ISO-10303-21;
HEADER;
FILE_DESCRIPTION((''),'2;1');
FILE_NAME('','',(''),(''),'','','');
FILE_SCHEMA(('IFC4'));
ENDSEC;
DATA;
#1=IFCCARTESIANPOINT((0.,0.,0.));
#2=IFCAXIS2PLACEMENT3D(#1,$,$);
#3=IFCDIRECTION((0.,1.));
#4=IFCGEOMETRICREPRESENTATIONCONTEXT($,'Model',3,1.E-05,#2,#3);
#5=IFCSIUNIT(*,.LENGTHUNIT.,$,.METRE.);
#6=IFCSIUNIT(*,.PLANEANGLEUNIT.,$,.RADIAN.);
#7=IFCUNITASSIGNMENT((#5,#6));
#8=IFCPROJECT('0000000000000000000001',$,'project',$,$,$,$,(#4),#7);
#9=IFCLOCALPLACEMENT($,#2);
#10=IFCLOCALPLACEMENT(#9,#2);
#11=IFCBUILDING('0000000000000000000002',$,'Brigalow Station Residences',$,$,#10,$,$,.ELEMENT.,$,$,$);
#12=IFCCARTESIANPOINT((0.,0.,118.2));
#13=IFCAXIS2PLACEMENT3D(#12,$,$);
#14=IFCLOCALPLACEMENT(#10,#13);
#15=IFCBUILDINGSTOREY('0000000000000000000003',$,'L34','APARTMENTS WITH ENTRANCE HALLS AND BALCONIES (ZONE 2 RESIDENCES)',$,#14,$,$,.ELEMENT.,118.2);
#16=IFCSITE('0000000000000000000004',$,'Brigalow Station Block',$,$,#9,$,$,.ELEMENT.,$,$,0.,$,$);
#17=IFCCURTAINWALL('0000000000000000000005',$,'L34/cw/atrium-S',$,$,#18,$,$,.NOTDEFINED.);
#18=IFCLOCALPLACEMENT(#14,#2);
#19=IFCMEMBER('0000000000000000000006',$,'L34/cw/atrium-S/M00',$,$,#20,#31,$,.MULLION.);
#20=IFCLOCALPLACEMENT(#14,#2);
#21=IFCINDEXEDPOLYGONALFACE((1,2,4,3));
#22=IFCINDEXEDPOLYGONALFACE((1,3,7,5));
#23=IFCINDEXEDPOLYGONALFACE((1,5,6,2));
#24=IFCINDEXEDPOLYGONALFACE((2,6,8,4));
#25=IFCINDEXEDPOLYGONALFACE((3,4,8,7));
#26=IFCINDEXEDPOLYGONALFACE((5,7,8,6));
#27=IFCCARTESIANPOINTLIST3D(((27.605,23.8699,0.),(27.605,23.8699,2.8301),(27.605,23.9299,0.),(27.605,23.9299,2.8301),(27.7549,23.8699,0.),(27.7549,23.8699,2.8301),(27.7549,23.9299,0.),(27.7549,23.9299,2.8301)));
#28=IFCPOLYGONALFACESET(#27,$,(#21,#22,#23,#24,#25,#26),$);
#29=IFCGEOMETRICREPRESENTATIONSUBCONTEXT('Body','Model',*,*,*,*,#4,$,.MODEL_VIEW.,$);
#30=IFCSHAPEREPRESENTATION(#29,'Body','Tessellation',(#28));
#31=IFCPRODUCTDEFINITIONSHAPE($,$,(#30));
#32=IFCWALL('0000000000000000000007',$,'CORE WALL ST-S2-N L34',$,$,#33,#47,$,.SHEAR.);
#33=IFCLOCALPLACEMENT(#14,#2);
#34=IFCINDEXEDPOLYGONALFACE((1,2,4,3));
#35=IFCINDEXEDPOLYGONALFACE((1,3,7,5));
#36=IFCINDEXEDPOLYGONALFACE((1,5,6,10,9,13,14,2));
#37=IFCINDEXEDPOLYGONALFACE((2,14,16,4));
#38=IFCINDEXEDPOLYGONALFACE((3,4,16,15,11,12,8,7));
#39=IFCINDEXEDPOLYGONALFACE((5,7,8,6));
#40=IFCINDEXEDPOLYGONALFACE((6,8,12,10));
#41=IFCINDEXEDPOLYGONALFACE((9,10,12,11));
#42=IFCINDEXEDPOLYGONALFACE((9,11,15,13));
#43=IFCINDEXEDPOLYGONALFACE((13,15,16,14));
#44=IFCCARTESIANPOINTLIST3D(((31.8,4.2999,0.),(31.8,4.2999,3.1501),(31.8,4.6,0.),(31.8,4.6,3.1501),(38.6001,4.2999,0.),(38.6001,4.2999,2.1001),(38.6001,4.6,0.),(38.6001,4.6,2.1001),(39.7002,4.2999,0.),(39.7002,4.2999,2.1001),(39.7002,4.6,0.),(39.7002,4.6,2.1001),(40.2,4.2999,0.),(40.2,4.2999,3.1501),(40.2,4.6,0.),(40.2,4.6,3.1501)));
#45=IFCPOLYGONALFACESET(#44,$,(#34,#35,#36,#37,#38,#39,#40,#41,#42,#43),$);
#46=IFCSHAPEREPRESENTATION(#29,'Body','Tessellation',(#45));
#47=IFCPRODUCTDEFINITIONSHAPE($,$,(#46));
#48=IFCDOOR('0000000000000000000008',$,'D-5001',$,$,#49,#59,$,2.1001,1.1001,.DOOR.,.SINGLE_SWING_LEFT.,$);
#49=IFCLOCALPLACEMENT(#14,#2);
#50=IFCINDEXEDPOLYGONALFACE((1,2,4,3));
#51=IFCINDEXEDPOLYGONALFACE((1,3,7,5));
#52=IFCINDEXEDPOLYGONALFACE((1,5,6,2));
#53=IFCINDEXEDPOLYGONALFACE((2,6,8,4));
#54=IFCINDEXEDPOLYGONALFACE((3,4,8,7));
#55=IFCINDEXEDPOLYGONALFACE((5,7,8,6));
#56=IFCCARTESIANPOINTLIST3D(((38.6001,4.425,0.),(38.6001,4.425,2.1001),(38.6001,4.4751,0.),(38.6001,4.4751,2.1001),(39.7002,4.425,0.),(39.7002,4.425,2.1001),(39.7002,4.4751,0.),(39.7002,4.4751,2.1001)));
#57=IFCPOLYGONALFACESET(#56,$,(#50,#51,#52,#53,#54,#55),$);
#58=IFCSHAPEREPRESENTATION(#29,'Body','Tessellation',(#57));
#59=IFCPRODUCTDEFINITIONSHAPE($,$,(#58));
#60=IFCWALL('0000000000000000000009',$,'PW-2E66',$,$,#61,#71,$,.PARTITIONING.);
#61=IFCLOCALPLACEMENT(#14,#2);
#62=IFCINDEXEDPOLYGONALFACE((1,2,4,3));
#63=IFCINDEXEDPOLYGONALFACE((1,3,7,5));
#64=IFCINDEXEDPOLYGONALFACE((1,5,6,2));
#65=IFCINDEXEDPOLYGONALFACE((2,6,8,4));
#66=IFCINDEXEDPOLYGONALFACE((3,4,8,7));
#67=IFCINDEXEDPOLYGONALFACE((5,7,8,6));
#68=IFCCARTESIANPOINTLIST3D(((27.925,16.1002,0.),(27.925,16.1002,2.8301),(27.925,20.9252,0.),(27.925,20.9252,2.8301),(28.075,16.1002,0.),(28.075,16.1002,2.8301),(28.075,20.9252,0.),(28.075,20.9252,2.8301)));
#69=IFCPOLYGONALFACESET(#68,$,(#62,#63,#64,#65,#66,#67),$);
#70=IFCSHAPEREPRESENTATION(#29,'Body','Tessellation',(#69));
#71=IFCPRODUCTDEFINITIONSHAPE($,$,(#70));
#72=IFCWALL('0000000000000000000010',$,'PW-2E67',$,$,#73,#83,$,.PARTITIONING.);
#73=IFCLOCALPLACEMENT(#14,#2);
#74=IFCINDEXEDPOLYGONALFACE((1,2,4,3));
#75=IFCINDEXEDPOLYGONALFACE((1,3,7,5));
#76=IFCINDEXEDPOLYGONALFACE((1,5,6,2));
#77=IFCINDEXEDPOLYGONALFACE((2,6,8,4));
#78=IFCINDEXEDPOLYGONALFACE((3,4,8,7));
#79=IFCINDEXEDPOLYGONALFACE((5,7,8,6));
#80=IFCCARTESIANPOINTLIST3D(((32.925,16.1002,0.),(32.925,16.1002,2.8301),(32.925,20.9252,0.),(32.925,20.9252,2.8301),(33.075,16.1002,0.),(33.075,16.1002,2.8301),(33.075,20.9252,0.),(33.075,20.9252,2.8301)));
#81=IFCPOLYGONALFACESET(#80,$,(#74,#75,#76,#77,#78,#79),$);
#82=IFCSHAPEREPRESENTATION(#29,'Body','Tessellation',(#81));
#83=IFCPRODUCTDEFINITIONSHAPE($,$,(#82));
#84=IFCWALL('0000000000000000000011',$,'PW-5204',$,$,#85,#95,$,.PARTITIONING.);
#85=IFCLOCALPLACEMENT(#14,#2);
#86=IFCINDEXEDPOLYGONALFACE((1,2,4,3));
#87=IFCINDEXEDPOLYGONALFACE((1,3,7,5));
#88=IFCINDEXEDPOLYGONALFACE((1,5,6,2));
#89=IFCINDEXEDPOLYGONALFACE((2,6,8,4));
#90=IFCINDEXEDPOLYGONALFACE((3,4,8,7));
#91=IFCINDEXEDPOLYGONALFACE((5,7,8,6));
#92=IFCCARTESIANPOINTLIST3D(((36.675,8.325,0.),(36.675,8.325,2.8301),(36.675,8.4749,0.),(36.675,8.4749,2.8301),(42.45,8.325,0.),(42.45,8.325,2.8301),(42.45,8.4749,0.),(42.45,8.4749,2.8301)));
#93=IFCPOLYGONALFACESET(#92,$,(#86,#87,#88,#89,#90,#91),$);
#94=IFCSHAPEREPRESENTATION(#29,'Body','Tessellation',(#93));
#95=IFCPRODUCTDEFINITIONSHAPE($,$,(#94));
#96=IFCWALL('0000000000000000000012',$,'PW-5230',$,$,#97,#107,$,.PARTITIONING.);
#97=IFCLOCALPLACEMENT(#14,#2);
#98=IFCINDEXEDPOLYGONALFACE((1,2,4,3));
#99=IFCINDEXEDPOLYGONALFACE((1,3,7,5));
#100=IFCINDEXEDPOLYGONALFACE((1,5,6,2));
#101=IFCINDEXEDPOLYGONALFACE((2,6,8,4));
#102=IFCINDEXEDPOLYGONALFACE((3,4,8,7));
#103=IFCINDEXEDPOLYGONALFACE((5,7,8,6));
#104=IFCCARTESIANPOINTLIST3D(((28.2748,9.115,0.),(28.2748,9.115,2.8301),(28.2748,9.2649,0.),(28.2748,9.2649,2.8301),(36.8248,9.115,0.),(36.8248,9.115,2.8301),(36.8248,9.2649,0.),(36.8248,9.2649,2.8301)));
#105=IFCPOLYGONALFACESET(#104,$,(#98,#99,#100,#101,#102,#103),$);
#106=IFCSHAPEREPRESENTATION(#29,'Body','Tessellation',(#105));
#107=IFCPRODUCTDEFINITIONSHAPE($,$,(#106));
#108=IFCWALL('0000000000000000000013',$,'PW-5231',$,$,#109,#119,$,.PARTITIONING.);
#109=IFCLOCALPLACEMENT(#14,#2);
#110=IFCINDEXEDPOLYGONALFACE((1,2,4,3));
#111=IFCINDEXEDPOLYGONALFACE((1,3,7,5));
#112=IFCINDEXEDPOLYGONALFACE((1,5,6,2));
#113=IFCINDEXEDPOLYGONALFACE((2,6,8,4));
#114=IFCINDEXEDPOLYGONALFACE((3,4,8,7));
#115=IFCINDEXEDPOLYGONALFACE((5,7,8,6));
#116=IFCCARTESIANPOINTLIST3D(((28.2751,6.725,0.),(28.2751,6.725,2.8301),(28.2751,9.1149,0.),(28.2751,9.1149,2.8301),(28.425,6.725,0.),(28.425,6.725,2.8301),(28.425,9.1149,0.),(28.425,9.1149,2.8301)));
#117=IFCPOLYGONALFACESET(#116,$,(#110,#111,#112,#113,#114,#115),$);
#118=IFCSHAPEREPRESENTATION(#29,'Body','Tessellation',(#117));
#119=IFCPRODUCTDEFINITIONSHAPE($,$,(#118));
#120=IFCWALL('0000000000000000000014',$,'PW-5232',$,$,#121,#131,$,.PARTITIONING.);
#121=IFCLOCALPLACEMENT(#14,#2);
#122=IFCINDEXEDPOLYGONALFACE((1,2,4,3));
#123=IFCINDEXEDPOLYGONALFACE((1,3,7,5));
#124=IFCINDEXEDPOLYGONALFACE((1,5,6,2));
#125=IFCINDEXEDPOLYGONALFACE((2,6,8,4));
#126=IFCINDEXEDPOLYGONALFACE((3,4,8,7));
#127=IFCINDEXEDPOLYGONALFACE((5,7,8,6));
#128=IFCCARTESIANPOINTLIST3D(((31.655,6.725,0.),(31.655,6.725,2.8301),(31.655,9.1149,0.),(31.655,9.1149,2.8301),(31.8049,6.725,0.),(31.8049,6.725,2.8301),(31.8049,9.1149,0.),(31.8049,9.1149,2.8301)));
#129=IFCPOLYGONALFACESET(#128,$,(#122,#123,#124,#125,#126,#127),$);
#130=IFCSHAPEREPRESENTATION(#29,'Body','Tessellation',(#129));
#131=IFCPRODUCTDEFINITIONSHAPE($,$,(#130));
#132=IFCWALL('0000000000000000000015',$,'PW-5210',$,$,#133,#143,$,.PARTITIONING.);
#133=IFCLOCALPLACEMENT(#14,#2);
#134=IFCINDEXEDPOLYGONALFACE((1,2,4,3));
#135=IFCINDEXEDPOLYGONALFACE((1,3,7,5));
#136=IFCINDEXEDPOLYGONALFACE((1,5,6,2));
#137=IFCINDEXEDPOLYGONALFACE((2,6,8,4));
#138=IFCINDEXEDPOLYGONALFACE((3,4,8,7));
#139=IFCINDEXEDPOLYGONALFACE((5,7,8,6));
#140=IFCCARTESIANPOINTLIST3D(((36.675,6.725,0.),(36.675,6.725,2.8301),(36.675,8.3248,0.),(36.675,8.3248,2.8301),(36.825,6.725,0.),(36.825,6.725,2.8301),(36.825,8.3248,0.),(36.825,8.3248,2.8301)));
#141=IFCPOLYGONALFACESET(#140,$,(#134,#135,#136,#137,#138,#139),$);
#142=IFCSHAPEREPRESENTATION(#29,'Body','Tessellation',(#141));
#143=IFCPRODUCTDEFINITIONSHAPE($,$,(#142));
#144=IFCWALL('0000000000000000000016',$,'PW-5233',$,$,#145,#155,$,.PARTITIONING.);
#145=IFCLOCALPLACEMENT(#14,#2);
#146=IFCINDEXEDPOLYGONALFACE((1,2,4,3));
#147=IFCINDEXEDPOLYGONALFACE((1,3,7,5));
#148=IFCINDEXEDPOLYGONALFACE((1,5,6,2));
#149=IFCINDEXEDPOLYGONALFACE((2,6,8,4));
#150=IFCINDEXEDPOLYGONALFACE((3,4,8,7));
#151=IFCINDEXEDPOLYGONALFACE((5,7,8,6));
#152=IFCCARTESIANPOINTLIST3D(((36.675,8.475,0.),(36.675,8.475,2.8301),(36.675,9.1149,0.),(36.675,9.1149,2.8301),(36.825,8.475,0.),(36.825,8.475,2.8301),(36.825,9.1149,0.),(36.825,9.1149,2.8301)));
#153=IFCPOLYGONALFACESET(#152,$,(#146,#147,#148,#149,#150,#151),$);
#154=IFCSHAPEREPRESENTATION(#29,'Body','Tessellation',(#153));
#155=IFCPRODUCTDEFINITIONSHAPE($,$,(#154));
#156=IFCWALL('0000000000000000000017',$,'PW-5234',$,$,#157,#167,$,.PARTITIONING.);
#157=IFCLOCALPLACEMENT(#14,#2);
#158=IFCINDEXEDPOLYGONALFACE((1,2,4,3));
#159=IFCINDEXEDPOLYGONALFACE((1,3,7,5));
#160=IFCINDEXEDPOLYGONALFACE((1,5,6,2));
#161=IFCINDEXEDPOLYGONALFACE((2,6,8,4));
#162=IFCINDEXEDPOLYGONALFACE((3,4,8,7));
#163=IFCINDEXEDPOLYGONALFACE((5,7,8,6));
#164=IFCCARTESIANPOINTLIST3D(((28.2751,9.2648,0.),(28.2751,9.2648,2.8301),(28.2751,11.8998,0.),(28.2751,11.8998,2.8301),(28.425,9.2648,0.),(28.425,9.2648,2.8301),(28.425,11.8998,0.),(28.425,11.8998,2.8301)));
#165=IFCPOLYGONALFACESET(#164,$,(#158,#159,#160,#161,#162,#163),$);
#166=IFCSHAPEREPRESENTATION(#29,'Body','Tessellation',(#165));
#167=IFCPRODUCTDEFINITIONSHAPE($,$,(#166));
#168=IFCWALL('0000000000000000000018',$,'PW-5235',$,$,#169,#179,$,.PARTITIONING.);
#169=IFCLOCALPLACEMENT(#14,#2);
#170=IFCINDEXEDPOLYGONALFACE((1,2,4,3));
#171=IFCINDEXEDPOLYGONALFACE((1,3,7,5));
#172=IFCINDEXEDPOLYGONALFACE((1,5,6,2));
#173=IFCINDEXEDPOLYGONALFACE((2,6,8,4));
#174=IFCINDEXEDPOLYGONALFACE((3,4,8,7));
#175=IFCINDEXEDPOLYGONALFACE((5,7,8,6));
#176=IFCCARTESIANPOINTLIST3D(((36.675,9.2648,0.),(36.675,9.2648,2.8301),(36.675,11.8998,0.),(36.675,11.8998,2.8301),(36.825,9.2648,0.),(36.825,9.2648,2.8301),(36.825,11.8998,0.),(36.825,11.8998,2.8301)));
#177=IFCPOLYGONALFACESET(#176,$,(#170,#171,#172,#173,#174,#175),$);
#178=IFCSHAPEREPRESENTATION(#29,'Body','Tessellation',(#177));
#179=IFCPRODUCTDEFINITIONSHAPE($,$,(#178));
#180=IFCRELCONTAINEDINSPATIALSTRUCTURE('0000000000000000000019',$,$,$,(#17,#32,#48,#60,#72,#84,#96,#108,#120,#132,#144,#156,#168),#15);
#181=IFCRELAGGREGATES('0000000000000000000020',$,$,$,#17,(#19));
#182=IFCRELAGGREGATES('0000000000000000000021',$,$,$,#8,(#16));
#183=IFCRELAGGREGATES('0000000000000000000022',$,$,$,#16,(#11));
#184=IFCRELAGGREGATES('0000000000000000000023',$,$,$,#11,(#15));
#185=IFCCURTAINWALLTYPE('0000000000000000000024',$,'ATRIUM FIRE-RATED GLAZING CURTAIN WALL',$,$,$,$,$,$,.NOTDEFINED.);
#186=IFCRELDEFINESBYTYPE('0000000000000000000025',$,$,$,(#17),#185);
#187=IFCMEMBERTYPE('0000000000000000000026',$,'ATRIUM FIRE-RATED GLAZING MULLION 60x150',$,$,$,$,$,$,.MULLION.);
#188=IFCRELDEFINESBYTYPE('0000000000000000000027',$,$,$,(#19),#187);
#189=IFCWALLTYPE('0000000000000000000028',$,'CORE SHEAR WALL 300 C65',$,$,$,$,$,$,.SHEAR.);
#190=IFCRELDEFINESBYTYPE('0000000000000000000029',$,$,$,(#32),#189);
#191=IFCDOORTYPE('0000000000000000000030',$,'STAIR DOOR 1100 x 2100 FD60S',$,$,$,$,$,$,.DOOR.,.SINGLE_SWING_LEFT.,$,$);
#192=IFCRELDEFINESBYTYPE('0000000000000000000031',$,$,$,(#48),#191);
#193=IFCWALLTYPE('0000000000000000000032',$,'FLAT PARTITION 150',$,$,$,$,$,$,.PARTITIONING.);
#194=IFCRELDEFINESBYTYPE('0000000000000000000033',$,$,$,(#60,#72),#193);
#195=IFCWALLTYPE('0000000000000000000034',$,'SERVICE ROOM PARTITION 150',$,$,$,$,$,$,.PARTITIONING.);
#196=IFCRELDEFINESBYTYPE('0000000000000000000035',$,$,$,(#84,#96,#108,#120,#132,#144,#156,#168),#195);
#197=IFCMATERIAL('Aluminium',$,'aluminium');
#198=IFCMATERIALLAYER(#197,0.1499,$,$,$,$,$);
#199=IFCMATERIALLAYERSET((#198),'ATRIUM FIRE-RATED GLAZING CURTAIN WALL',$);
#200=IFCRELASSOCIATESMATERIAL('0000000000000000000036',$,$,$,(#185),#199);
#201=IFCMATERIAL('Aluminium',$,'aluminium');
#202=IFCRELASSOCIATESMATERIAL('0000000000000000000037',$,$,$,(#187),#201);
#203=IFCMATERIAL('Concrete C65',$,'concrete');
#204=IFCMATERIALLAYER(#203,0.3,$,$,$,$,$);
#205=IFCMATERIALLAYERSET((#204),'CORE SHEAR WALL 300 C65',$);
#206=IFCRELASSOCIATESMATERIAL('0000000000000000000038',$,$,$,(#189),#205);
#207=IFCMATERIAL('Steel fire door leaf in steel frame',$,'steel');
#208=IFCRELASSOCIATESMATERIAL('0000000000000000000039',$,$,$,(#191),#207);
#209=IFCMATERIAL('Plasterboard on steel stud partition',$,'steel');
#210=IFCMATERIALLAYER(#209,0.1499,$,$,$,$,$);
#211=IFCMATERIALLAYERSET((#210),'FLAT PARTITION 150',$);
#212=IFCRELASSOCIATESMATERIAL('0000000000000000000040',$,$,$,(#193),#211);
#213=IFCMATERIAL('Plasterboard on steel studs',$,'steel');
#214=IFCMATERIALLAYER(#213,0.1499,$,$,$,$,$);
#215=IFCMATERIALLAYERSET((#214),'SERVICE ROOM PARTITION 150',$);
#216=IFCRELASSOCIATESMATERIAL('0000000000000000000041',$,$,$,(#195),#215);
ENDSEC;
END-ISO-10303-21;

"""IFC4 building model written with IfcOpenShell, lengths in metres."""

from ifc_helpers import new_model, si_unit, direction, frame, frame_2d, origin, origin_2d, place, context, subcontext, project, spatial, rectangle, extrude, material, layer, layer_set, material_profile, profile_set, type_object, element, fill, aggregate, save


model = new_model("IFC4")

# Units and contexts
model_context = context("Model", 3, precision=1e-05, world=origin(), true_north=direction((0.0, 1.0)))
body_context = subcontext(model_context, "Body", "Model", "MODEL_VIEW")
ifc_project = project(units=[si_unit("LENGTHUNIT", "METRE"), si_unit("PLANEANGLEUNIT", "RADIAN")], contexts=[model_context])

# Site, building, storey
site_placement = place(None, origin())
site = spatial("IfcSite", under=ifc_project, at=site_placement, Name="Brigalow Station Block", CompositionType="ELEMENT", RefElevation=0.0)
building_placement = place(site_placement, origin())
building = spatial("IfcBuilding", under=site, at=building_placement, Name="Brigalow Station Residences", CompositionType="ELEMENT")
storey_placement = place(building_placement, frame((0.0, 0.0, 118.2)))
storey = spatial("IfcBuildingStorey", under=building, at=storey_placement, Name="L34", Description="APARTMENTS WITH ENTRANCE HALLS AND BALCONIES (ZONE 2 RESIDENCES)", CompositionType="ELEMENT", Elevation=118.2)

# Curtain wall, member
ifc_material_1 = material(Name="Aluminium", Category="aluminium")
ifc_layer_1 = layer(ifc_material_1, 0.1499)
ifc_layer_set_1 = layer_set([ifc_layer_1], Name="ATRIUM FIRE-RATED GLAZING CURTAIN WALL")
curtain_wall_type = type_object("IfcCurtainWallType", Name="ATRIUM FIRE-RATED GLAZING CURTAIN WALL", PredefinedType="NOTDEFINED", material=ifc_layer_set_1)
curtain_wall_placement = place(storey_placement, origin())
curtain_wall = element("IfcCurtainWall", 1, at=curtain_wall_placement, inside=storey, type_object=curtain_wall_type, Name="L34/cw/atrium-S", PredefinedType="NOTDEFINED")
ifc_material_2 = material(Name="Aluminium", Category="aluminium")
ifc_material_profile = material_profile(ifc_material_2, rectangle(XDim=0.0601, YDim=0.1499, at=origin_2d()), Name="ATRIUM FIRE-RATED GLAZING MULLION 60x150")
ifc_profile_set = profile_set([ifc_material_profile], Name="Aluminium")
member_type = type_object("IfcMemberType", Name="ATRIUM FIRE-RATED GLAZING MULLION 60x150", PredefinedType="MULLION", material=ifc_profile_set)
member_placement = place(storey_placement, frame((27.6799, 23.8999, 0.0), z_axis=(0.0, 0.0, 1.0), x_axis=(0.0, 1.0, 0.0)))
member = element("IfcMember", 2, at=member_placement, type_object=member_type, Name="L34/cw/atrium-S/M00", PredefinedType="MULLION", context=body_context, shape_type="SweptSolid", body=[
    extrude(rectangle(XDim=0.0601, YDim=0.1499, at=origin_2d()), origin(), (0.0, 0.0, 1.0), 2.8301),
])
aggregate(curtain_wall, [member])

# Wall, opening, door
ifc_material_3 = material(Name="Concrete C65", Category="concrete")
ifc_layer_2 = layer(ifc_material_3, 0.3)
ifc_layer_set_2 = layer_set([ifc_layer_2], Name="CORE SHEAR WALL 300 C65")
wall_type_1 = type_object("IfcWallType", Name="CORE SHEAR WALL 300 C65", PredefinedType="SHEAR", material=ifc_layer_set_2)
wall_1_placement = place(storey_placement, frame((31.8, 4.45, 0.0), z_axis=(0.0, 0.0, 1.0), x_axis=(1.0, 0.0, 0.0)))
wall_1 = element("IfcWall", 3, at=wall_1_placement, inside=storey, type_object=wall_type_1, Name="CORE WALL ST-S2-N L34", PredefinedType="SHEAR", context=body_context, shape_type="SweptSolid", body=[
    extrude(rectangle(XDim=8.3999, YDim=0.3, at=frame_2d((4.2, 0.0))), origin(), (0.0, 0.0, 1.0), 3.1501),
])
opening_placement = place(wall_1_placement, frame((6.8, 0.0, 0.0)))
opening = element("IfcOpeningElement", 4, at=opening_placement, cuts=wall_1, PredefinedType="OPENING", context=body_context, shape_type="SweptSolid", body=[
    extrude(rectangle(XDim=1.1001, YDim=2.1001, at=frame_2d((0.55, 1.05))), frame((0.0, 0.1602, 0.0), z_axis=(0.0, -1.0, 0.0), x_axis=(1.0, 0.0, 0.0)), (0.0, 0.0, 1.0), 0.3201),
])
ifc_material_4 = material(Name="Steel fire door leaf in steel frame", Category="steel")
door_type = type_object("IfcDoorType", Name="STAIR DOOR 1100 x 2100 FD60S", OperationType="SINGLE_SWING_LEFT", PredefinedType="DOOR", material=ifc_material_4)
door_placement = place(opening_placement, frame((1.1001, 0.0, 0.0), z_axis=(0.0, 0.0, 1.0), x_axis=(-1.0, 0.0, 0.0)))
door = element("IfcDoor", 5, at=door_placement, inside=storey, type_object=door_type, Name="D-5001", OperationType="SINGLE_SWING_LEFT", OverallHeight=2.1001, OverallWidth=1.1001, PredefinedType="DOOR", context=body_context, shape_type="SweptSolid", body=[
    extrude(rectangle(XDim=1.1001, YDim=2.1001, at=frame_2d((0.55, 1.05))), frame((0.0, 0.0249, 0.0), z_axis=(0.0, -1.0, 0.0), x_axis=(1.0, 0.0, 0.0)), (0.0, 0.0, 1.0), 0.05),
])
fill(opening, door)

# Walls
ifc_material_5 = material(Name="Plasterboard on steel stud partition", Category="steel")
ifc_layer_3 = layer(ifc_material_5, 0.1499)
ifc_layer_set_3 = layer_set([ifc_layer_3], Name="FLAT PARTITION 150")
wall_type_2 = type_object("IfcWallType", Name="FLAT PARTITION 150", PredefinedType="PARTITIONING", material=ifc_layer_set_3)
for number, where, z_axis, x_axis, name in (
    (6, (28.0, 16.1001, 0.0), (0.0, 0.0, 1.0), (0.0, 1.0, 0.0), "PW-2E66"),
    (7, (33.0, 16.1001, 0.0), (0.0, 0.0, 1.0), (0.0, 1.0, 0.0), "PW-2E67"),
):
    element("IfcWall", number, at=place(storey_placement, frame(where, z_axis=z_axis, x_axis=x_axis)), inside=storey, type_object=wall_type_2, Name=name, PredefinedType="PARTITIONING", context=body_context, shape_type="SweptSolid", body=[
        extrude(rectangle(XDim=4.825, YDim=0.1499, at=frame_2d((2.4126, 0.0))), origin(), (0.0, 0.0, 1.0), 2.8301),
    ])
ifc_material_6 = material(Name="Plasterboard on steel studs", Category="steel")
ifc_layer_4 = layer(ifc_material_6, 0.1499)
ifc_layer_set_4 = layer_set([ifc_layer_4], Name="SERVICE ROOM PARTITION 150")
wall_type_3 = type_object("IfcWallType", Name="SERVICE ROOM PARTITION 150", PredefinedType="PARTITIONING", material=ifc_layer_set_4)
wall_2_placement = place(storey_placement, frame((36.675, 8.3999, 0.0), z_axis=(0.0, 0.0, 1.0), x_axis=(1.0, 0.0, 0.0)))
element("IfcWall", 8, at=wall_2_placement, inside=storey, type_object=wall_type_3, Name="PW-5204", PredefinedType="PARTITIONING", context=body_context, shape_type="SweptSolid", body=[
    extrude(rectangle(XDim=5.7749, YDim=0.1499, at=frame_2d((2.8875, 0.0))), origin(), (0.0, 0.0, 1.0), 2.8301),
])
wall_3_placement = place(storey_placement, frame((28.2749, 9.1899, 0.0), z_axis=(0.0, 0.0, 1.0), x_axis=(1.0, 0.0, 0.0)))
element("IfcWall", 9, at=wall_3_placement, inside=storey, type_object=wall_type_3, Name="PW-5230", PredefinedType="PARTITIONING", context=body_context, shape_type="SweptSolid", body=[
    extrude(rectangle(XDim=8.55, YDim=0.1499, at=frame_2d((4.2749, 0.0))), origin(), (0.0, 0.0, 1.0), 2.8301),
])
for number, where, z_axis, x_axis, name in (
    (10, (28.3501, 6.7251, 0.0), (0.0, 0.0, 1.0), (0.0, 1.0, 0.0), "PW-5231"),
    (11, (31.73, 6.7251, 0.0), (0.0, 0.0, 1.0), (0.0, 1.0, 0.0), "PW-5232"),
):
    element("IfcWall", number, at=place(storey_placement, frame(where, z_axis=z_axis, x_axis=x_axis)), inside=storey, type_object=wall_type_3, Name=name, PredefinedType="PARTITIONING", context=body_context, shape_type="SweptSolid", body=[
        extrude(rectangle(XDim=2.3899, YDim=0.1499, at=frame_2d((1.1948, 0.0))), origin(), (0.0, 0.0, 1.0), 2.8301),
    ])
wall_4_placement = place(storey_placement, frame((36.75, 6.7251, 0.0), z_axis=(0.0, 0.0, 1.0), x_axis=(0.0, 1.0, 0.0)))
element("IfcWall", 12, at=wall_4_placement, inside=storey, type_object=wall_type_3, Name="PW-5210", PredefinedType="PARTITIONING", context=body_context, shape_type="SweptSolid", body=[
    extrude(rectangle(XDim=1.5999, YDim=0.1499, at=frame_2d((0.7998, 0.0))), origin(), (0.0, 0.0, 1.0), 2.8301),
])
wall_5_placement = place(storey_placement, frame((36.75, 8.4751, 0.0), z_axis=(0.0, 0.0, 1.0), x_axis=(0.0, 1.0, 0.0)))
element("IfcWall", 13, at=wall_5_placement, inside=storey, type_object=wall_type_3, Name="PW-5233", PredefinedType="PARTITIONING", context=body_context, shape_type="SweptSolid", body=[
    extrude(rectangle(XDim=0.6399, YDim=0.1499, at=frame_2d((0.3198, 0.0))), origin(), (0.0, 0.0, 1.0), 2.8301),
])
for number, where, z_axis, x_axis, name in (
    (14, (28.3501, 9.2649, 0.0), (0.0, 0.0, 1.0), (0.0, 1.0, 0.0), "PW-5234"),
    (15, (36.75, 9.2649, 0.0), (0.0, 0.0, 1.0), (0.0, 1.0, 0.0), "PW-5235"),
):
    element("IfcWall", number, at=place(storey_placement, frame(where, z_axis=z_axis, x_axis=x_axis)), inside=storey, type_object=wall_type_3, Name=name, PredefinedType="PARTITIONING", context=body_context, shape_type="SweptSolid", body=[
        extrude(rectangle(XDim=2.635, YDim=0.1499, at=frame_2d((1.3174, 0.0))), origin(), (0.0, 0.0, 1.0), 2.8301),
    ])

save(model, "model.ifc")
